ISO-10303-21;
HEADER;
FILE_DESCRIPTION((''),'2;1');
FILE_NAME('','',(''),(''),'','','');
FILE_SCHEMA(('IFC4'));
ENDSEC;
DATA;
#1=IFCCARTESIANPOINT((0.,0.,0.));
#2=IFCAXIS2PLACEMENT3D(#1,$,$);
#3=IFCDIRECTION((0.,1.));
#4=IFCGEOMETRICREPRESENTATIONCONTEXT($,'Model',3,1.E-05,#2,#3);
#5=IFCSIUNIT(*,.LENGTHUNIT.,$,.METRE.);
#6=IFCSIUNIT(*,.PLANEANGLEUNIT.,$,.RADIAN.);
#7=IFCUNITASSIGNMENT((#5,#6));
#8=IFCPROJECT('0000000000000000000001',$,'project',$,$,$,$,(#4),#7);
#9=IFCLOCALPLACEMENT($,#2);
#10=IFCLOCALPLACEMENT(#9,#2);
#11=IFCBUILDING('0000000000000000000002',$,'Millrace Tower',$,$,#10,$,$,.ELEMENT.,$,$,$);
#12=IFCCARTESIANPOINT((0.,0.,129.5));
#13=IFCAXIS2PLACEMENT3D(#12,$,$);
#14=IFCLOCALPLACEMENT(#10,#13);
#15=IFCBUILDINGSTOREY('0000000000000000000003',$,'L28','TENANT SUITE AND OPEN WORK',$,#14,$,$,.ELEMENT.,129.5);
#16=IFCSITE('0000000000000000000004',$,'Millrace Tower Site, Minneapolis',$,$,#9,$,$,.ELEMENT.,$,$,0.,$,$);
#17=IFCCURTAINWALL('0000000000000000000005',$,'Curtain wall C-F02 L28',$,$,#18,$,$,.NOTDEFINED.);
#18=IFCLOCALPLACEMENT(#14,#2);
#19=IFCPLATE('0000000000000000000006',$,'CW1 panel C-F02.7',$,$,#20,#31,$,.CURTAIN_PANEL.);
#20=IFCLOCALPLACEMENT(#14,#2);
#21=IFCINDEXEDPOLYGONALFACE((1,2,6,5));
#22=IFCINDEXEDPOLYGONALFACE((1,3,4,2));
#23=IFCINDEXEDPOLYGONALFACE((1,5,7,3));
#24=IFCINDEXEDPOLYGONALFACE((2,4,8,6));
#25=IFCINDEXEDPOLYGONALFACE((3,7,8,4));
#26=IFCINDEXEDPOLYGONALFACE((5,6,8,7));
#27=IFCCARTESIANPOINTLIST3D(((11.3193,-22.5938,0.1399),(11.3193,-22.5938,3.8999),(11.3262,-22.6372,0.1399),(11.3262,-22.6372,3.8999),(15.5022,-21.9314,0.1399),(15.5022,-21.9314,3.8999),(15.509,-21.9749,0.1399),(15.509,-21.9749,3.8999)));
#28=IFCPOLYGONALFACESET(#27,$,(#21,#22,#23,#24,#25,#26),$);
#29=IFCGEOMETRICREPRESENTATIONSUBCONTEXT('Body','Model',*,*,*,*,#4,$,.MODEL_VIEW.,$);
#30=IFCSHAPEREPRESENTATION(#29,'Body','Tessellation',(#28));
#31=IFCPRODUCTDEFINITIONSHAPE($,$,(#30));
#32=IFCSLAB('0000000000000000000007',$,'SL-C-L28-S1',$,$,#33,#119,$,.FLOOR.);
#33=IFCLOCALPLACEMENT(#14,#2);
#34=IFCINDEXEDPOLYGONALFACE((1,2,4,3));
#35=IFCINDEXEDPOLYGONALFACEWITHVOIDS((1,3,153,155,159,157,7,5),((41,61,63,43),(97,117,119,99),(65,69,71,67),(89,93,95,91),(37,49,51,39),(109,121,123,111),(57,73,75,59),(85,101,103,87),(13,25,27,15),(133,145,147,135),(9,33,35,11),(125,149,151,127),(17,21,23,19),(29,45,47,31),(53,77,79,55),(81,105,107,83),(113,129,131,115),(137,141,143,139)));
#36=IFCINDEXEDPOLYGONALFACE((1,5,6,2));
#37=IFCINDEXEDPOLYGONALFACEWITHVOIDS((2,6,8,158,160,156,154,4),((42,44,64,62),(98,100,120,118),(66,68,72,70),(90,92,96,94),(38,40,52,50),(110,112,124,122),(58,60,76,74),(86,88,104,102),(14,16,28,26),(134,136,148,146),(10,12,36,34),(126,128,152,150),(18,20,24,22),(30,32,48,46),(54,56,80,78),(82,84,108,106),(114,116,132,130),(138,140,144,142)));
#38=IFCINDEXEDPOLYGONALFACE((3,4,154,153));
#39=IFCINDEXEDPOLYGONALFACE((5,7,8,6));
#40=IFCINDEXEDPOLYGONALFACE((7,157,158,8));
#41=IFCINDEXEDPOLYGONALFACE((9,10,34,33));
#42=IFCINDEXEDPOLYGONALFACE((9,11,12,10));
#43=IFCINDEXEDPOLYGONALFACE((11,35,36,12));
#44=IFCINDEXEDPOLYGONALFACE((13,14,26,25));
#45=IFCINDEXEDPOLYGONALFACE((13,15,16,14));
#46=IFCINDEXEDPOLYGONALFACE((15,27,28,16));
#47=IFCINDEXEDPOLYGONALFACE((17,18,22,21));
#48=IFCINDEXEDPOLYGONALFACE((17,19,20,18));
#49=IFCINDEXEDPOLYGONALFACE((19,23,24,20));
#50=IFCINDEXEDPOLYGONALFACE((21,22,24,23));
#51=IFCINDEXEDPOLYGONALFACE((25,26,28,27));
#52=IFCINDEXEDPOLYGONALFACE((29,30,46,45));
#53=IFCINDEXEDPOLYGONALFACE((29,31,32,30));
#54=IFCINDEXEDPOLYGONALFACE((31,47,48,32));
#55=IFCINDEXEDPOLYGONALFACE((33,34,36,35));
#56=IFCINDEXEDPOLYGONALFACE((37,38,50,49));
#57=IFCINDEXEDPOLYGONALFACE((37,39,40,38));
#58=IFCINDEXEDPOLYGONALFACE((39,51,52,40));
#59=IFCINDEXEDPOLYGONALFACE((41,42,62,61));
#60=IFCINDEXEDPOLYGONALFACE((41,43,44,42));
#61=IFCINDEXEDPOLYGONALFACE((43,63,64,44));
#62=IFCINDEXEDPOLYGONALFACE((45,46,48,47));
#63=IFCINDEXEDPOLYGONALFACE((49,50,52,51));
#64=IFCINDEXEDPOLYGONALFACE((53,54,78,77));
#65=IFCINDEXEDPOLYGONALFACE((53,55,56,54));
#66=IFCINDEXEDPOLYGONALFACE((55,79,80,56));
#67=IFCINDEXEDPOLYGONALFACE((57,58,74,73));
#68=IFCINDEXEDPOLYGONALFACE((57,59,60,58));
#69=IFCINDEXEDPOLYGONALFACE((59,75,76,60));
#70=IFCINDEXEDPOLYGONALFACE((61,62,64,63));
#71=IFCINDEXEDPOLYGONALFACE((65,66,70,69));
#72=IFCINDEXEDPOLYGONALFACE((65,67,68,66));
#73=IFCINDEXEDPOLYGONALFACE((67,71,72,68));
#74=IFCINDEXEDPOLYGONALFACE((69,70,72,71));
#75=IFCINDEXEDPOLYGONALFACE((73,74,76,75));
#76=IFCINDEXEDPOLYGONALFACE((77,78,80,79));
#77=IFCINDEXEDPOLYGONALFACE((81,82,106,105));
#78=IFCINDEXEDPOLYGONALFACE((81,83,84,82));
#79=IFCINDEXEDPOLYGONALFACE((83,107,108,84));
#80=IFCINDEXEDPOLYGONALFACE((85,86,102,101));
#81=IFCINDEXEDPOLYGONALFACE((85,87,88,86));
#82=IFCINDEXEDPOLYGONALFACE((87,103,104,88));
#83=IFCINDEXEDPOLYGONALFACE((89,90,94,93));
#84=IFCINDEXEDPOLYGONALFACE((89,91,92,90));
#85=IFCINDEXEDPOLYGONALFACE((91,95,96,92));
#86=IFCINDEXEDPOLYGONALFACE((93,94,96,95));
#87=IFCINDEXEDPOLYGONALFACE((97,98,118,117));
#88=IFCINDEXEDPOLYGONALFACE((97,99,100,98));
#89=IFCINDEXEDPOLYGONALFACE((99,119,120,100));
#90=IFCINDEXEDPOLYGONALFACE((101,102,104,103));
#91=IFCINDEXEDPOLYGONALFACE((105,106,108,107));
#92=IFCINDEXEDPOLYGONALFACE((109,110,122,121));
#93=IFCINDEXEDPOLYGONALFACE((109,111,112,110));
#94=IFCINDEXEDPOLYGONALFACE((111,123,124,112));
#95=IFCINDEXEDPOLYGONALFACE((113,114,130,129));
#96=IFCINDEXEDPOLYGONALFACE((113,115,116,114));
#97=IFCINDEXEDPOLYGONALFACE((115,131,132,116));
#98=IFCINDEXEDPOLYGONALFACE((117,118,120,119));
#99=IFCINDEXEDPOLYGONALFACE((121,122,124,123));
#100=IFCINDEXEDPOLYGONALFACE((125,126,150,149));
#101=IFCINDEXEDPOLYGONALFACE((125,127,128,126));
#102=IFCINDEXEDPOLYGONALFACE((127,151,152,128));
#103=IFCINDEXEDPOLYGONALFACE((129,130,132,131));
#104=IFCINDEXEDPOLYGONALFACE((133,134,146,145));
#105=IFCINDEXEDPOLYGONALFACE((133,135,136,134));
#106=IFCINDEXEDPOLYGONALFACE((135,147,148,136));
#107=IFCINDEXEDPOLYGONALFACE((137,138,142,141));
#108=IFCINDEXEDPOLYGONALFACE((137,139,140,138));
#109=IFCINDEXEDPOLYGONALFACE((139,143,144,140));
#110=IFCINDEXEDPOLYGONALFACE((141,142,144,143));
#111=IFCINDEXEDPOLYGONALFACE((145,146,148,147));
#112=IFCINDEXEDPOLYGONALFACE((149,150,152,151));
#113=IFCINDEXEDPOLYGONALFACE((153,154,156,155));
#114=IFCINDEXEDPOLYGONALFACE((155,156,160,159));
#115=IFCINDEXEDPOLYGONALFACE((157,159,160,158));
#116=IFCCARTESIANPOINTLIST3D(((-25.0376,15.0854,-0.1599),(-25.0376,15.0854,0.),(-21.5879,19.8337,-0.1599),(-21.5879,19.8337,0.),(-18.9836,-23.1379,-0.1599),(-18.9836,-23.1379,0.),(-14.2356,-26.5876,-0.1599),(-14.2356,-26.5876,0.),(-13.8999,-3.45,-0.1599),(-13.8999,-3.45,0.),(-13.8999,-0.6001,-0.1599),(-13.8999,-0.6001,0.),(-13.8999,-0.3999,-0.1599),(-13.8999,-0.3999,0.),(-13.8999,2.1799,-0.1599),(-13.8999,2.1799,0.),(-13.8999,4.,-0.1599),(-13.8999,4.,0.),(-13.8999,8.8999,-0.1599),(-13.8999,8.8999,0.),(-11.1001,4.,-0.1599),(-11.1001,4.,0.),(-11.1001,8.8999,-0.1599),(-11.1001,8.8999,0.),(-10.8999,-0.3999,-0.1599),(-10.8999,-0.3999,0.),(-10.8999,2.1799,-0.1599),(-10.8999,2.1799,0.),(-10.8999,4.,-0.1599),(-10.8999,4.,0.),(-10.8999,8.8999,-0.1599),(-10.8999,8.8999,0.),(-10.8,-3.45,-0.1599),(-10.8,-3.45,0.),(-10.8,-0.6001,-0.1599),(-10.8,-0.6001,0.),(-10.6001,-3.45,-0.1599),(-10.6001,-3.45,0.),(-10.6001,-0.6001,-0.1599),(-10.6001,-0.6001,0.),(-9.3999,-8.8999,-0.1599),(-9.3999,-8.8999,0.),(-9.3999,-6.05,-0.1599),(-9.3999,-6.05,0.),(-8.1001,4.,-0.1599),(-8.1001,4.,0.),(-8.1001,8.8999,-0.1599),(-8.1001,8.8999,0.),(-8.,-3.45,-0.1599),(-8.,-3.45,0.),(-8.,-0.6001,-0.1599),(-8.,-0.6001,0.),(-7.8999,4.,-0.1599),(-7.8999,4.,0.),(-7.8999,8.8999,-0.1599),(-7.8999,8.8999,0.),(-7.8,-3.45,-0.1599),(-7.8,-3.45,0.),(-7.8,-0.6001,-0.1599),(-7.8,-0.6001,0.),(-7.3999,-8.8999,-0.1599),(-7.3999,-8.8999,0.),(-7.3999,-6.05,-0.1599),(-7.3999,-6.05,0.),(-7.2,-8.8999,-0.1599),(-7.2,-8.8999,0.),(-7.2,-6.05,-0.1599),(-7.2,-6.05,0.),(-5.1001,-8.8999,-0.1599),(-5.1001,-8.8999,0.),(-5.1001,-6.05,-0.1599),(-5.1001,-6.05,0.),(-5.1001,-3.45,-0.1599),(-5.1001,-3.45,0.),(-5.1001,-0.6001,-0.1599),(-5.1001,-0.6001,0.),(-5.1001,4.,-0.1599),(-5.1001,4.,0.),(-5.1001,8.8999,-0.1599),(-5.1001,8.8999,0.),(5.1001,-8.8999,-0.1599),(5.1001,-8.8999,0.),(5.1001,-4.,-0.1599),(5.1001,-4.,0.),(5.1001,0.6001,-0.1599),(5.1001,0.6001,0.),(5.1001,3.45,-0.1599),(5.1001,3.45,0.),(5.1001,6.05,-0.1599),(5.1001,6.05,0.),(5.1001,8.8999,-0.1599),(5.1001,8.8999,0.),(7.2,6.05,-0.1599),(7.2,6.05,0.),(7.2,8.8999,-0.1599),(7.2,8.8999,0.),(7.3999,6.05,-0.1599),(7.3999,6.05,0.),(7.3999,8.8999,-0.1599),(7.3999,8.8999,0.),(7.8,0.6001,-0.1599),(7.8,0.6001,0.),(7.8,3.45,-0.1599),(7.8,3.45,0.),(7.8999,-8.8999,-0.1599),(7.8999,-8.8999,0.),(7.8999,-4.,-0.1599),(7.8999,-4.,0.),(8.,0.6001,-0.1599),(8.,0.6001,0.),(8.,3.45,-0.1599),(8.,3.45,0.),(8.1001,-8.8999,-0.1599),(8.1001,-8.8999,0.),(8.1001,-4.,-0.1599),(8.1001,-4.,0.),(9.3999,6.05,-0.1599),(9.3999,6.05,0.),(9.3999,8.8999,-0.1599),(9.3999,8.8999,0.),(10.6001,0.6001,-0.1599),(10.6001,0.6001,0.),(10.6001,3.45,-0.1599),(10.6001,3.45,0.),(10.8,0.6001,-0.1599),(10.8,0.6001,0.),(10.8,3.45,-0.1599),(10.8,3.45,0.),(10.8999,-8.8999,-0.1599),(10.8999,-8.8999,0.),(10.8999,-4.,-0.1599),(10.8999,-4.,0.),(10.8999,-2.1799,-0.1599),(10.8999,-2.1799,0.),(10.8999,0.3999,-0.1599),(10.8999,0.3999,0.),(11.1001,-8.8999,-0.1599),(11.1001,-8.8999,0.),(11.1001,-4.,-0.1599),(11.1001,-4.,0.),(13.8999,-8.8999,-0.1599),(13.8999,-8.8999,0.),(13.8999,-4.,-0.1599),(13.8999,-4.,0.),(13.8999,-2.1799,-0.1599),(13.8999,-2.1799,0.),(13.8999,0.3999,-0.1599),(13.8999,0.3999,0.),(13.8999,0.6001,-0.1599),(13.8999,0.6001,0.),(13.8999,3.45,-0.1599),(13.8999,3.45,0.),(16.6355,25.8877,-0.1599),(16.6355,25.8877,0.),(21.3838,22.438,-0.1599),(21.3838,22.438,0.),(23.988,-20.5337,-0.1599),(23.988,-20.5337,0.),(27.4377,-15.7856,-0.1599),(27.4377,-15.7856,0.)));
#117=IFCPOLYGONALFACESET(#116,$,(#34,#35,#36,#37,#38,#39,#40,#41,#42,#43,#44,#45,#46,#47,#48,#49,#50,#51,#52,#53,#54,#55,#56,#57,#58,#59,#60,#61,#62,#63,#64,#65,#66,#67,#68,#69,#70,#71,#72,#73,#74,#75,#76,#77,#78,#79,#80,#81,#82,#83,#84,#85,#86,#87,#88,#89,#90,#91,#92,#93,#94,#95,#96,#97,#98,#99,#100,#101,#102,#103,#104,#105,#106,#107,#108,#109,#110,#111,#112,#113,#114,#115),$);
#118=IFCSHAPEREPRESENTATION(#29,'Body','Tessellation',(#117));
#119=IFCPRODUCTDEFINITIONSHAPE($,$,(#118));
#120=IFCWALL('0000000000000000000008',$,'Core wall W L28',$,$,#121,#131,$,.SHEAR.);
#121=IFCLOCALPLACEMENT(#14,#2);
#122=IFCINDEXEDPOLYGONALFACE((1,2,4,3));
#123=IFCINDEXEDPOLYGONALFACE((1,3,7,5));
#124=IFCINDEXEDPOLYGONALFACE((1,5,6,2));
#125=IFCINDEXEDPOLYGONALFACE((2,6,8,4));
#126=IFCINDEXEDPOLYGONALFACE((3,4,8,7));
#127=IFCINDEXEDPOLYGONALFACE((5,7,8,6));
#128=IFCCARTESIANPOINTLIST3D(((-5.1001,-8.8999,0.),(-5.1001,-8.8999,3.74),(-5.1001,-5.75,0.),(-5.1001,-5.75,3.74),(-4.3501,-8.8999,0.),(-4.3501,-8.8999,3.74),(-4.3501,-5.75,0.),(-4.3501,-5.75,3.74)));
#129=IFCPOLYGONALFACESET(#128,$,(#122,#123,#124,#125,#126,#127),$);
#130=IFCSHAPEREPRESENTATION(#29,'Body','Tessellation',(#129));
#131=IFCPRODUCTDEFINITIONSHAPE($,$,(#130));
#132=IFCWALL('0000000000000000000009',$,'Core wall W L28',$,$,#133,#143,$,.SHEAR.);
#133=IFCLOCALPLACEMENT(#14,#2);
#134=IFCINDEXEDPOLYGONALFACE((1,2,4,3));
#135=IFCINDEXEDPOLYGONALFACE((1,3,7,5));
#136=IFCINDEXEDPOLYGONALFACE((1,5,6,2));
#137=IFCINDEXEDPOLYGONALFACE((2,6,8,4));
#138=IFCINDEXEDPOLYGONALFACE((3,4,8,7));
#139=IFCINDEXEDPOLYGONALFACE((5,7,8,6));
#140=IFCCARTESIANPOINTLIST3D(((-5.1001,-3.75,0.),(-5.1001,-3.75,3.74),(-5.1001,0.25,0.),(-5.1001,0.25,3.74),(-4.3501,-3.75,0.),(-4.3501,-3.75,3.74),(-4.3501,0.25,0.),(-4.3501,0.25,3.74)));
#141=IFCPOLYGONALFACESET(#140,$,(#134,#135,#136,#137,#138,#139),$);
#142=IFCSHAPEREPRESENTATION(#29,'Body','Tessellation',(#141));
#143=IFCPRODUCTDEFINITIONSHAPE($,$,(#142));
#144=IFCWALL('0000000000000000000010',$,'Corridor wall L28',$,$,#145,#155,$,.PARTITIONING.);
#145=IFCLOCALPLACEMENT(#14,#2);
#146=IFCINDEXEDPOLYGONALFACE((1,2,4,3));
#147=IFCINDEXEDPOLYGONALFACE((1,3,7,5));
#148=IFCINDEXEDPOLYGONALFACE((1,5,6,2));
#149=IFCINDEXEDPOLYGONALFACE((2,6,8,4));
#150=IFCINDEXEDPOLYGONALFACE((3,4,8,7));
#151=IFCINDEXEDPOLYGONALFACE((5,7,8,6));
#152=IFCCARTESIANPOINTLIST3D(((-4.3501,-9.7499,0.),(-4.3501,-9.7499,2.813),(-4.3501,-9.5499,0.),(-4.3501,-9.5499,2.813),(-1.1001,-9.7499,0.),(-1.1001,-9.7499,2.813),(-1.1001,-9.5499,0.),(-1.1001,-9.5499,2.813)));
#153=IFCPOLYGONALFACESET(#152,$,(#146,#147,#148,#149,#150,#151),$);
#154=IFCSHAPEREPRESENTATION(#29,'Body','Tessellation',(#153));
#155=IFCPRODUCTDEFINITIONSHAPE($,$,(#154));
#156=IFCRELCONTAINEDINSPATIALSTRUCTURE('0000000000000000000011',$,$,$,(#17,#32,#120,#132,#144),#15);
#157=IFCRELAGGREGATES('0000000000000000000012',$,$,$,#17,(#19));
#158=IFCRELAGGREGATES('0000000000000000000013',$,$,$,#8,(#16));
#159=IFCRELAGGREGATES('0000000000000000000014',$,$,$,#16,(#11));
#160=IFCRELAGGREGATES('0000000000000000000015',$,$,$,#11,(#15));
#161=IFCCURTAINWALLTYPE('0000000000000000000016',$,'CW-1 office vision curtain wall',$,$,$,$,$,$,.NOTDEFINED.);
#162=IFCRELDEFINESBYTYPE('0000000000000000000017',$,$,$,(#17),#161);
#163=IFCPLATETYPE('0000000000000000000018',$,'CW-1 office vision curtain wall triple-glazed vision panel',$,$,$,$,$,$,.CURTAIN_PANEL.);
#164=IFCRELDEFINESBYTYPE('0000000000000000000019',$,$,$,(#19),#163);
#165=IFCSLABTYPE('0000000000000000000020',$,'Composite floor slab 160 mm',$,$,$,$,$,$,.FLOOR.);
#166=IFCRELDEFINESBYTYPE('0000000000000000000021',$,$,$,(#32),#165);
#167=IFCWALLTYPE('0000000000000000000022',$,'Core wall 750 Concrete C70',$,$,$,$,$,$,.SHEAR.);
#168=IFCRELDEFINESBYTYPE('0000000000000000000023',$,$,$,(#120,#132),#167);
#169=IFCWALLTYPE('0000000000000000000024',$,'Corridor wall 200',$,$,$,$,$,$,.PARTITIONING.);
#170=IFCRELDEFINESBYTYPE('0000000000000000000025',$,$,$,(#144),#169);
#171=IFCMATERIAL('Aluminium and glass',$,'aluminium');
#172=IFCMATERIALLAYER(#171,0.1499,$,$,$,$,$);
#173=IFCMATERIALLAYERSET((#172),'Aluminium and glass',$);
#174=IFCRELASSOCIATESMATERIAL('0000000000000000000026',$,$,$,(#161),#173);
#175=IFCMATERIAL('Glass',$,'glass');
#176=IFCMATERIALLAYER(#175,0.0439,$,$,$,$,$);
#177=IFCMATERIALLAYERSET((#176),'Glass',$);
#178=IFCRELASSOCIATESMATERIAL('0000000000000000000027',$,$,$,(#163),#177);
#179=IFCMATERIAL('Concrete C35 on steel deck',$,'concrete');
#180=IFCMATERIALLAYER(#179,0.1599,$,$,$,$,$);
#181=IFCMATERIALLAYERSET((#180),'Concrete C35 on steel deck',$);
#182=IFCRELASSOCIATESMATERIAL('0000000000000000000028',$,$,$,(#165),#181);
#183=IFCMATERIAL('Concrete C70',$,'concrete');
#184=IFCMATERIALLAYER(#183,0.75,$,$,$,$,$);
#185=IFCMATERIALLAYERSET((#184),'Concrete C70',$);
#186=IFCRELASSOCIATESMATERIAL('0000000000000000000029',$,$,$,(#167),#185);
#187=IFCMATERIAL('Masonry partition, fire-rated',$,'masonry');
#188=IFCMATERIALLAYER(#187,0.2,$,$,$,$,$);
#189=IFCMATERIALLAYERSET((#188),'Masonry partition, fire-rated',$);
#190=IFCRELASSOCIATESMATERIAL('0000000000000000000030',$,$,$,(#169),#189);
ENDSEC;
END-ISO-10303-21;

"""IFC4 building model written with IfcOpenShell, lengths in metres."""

from ifc_helpers import new_model, si_unit, direction, frame, frame_2d, origin, place, context, subcontext, project, spatial, polyline, rectangle, outline, extrude, material, layer, layer_set, type_object, element, aggregate, save


model = new_model("IFC4")

# Units and contexts
model_context = context("Model", 3, precision=1e-05, world=origin(), true_north=direction((0.0, 1.0)))
body_context = subcontext(model_context, "Body", "Model", "MODEL_VIEW")
ifc_project = project(units=[si_unit("LENGTHUNIT", "METRE"), si_unit("PLANEANGLEUNIT", "RADIAN")], contexts=[model_context])

# Site, building, storey
site_placement = place(None, origin())
site = spatial("IfcSite", under=ifc_project, at=site_placement, Name="Millrace Tower Site, Minneapolis", CompositionType="ELEMENT", RefElevation=0.0)
building_placement = place(site_placement, origin())
building = spatial("IfcBuilding", under=site, at=building_placement, Name="Millrace Tower", CompositionType="ELEMENT")
storey_placement = place(building_placement, frame((0.0, 0.0, 129.5)))
storey = spatial("IfcBuildingStorey", under=building, at=storey_placement, Name="L28", Description="TENANT SUITE AND OPEN WORK", CompositionType="ELEMENT", Elevation=129.5)

# Shared definitions
ifc_material_1 = material(Name="Aluminium and glass", Category="aluminium")
ifc_layer_1 = layer(ifc_material_1, 0.1499)
ifc_layer_set_1 = layer_set([ifc_layer_1], Name="Aluminium and glass")
curtain_wall_type = type_object("IfcCurtainWallType", Name="CW-1 office vision curtain wall", PredefinedType="NOTDEFINED", material=ifc_layer_set_1)
placement_1 = place(storey_placement, origin())
ifc_material_2 = material(Name="Glass", Category="glass")
ifc_layer_2 = layer(ifc_material_2, 0.0439)
ifc_layer_set_2 = layer_set([ifc_layer_2], Name="Glass")
plate_type = type_object("IfcPlateType", Name="CW-1 office vision curtain wall triple-glazed vision panel", PredefinedType="CURTAIN_PANEL", material=ifc_layer_set_2)
placement_2 = place(storey_placement, frame((0.0, 0.0, 0.1399)))

# Curtain wall, plate
curtain_wall_1 = element("IfcCurtainWall", 1, at=placement_1, inside=storey, type_object=curtain_wall_type, Name="Curtain wall C-F02 L28", PredefinedType="NOTDEFINED")
plate_1 = element("IfcPlate", 2, at=placement_2, type_object=plate_type, Name="CW1 panel C-F02.7", PredefinedType="CURTAIN_PANEL", context=body_context, shape_type="SweptSolid", body=[
    extrude(outline(polyline([(11.3262, -22.6372), (15.509, -21.9749), (15.5022, -21.9314), (11.3193, -22.5938), (11.3262, -22.6372)])), origin(), (0.0, 0.0, 1.0), 3.76),
])
aggregate(curtain_wall_1, [plate_1])

# Slab
ifc_material_3 = material(Name="Concrete C35 on steel deck", Category="concrete")
ifc_layer_3 = layer(ifc_material_3, 0.1599)
ifc_layer_set_3 = layer_set([ifc_layer_3], Name="Concrete C35 on steel deck")
slab_type = type_object("IfcSlabType", Name="Composite floor slab 160 mm", PredefinedType="FLOOR", material=ifc_layer_set_3)
slab_placement = place(storey_placement, frame((0.0, 0.0, -0.1599)))
element("IfcSlab", 3, at=slab_placement, inside=storey, type_object=slab_type, Name="SL-C-L28-S1", PredefinedType="FLOOR", context=body_context, shape_type="SweptSolid", body=[
    extrude(outline(polyline([(-18.9836, -23.1379), (-14.2356, -26.5876), (23.988, -20.5337), (27.4377, -15.7856), (21.3838, 22.438), (16.6355, 25.8877), (-21.5879, 19.8337), (-25.0376, 15.0854), (-18.9836, -23.1379)]), holes=[polyline([(-9.3999, -8.8999), (-7.3999, -8.8999), (-7.3999, -6.05), (-9.3999, -6.05), (-9.3999, -8.8999)]), polyline([(-7.2, -8.8999), (-5.1001, -8.8999), (-5.1001, -6.05), (-7.2, -6.05), (-7.2, -8.8999)]), polyline([(-13.8999, -3.45), (-10.8, -3.45), (-10.8, -0.6001), (-13.8999, -0.6001), (-13.8999, -3.45)]), polyline([(-10.6001, -3.45), (-8.0, -3.45), (-8.0, -0.6001), (-10.6001, -0.6001), (-10.6001, -3.45)]), polyline([(-7.8, -3.45), (-5.1001, -3.45), (-5.1001, -0.6001), (-7.8, -0.6001), (-7.8, -3.45)]), polyline([(-13.8999, -0.3999), (-10.8999, -0.3999), (-10.8999, 2.1799), (-13.8999, 2.1799), (-13.8999, -0.3999)]), polyline([(-13.8999, 4.0), (-11.1001, 4.0), (-11.1001, 8.8999), (-13.8999, 8.8999), (-13.8999, 4.0)]), polyline([(-10.8999, 4.0), (-8.1001, 4.0), (-8.1001, 8.8999), (-10.8999, 8.8999), (-10.8999, 4.0)]), polyline([(-7.8999, 4.0), (-5.1001, 4.0), (-5.1001, 8.8999), (-7.8999, 8.8999), (-7.8999, 4.0)]), polyline([(7.3999, 6.05), (9.3999, 6.05), (9.3999, 8.8999), (7.3999, 8.8999), (7.3999, 6.05)]), polyline([(5.1001, 6.05), (7.2, 6.05), (7.2, 8.8999), (5.1001, 8.8999), (5.1001, 6.05)]), polyline([(10.8, 0.6001), (13.8999, 0.6001), (13.8999, 3.45), (10.8, 3.45), (10.8, 0.6001)]), polyline([(8.0, 0.6001), (10.6001, 0.6001), (10.6001, 3.45), (8.0, 3.45), (8.0, 0.6001)]), polyline([(5.1001, 0.6001), (7.8, 0.6001), (7.8, 3.45), (5.1001, 3.45), (5.1001, 0.6001)]), polyline([(10.8999, -2.1799), (13.8999, -2.1799), (13.8999, 0.3999), (10.8999, 0.3999), (10.8999, -2.1799)]), polyline([(11.1001, -8.8999), (13.8999, -8.8999), (13.8999, -4.0), (11.1001, -4.0), (11.1001, -8.8999)]), polyline([(8.1001, -8.8999), (10.8999, -8.8999), (10.8999, -4.0), (8.1001, -4.0), (8.1001, -8.8999)]), polyline([(5.1001, -8.8999), (7.8999, -8.8999), (7.8999, -4.0), (5.1001, -4.0), (5.1001, -8.8999)])]), origin(), (0.0, 0.0, 1.0), 0.1599),
])

# Walls
ifc_material_4 = material(Name="Concrete C70", Category="concrete")
ifc_layer_4 = layer(ifc_material_4, 0.75)
ifc_layer_set_4 = layer_set([ifc_layer_4], Name="Concrete C70")
wall_type_1 = type_object("IfcWallType", Name="Core wall 750 Concrete C70", PredefinedType="SHEAR", material=ifc_layer_set_4)
wall_1_placement = place(storey_placement, frame((-4.7251, -8.8999, 0.0), z_axis=(0.0, 0.0, 1.0), x_axis=(0.0, 1.0, 0.0)))
element("IfcWall", 4, at=wall_1_placement, inside=storey, type_object=wall_type_1, Name="Core wall W L28", PredefinedType="SHEAR", context=body_context, shape_type="SweptSolid", body=[
    extrude(rectangle(XDim=3.1499, YDim=0.75, at=frame_2d((1.575, 0.0))), origin(), (0.0, 0.0, 1.0), 3.74),
])
wall_2_placement = place(storey_placement, frame((-4.7251, -3.75, 0.0), z_axis=(0.0, 0.0, 1.0), x_axis=(0.0, 1.0, 0.0)))
element("IfcWall", 5, at=wall_2_placement, inside=storey, type_object=wall_type_1, Name="Core wall W L28", PredefinedType="SHEAR", context=body_context, shape_type="SweptSolid", body=[
    extrude(rectangle(XDim=4.0, YDim=0.75, at=frame_2d((2.0, 0.0))), origin(), (0.0, 0.0, 1.0), 3.74),
])
ifc_material_5 = material(Name="Masonry partition, fire-rated", Category="masonry")
ifc_layer_5 = layer(ifc_material_5, 0.2)
ifc_layer_set_5 = layer_set([ifc_layer_5], Name="Masonry partition, fire-rated")
wall_type_2 = type_object("IfcWallType", Name="Corridor wall 200", PredefinedType="PARTITIONING", material=ifc_layer_set_5)
wall_3_placement = place(storey_placement, frame((-4.3501, -9.6499, 0.0), z_axis=(0.0, 0.0, 1.0), x_axis=(1.0, 0.0, 0.0)))
element("IfcWall", 6, at=wall_3_placement, inside=storey, type_object=wall_type_2, Name="Corridor wall L28", PredefinedType="PARTITIONING", context=body_context, shape_type="SweptSolid", body=[
    extrude(rectangle(XDim=3.25, YDim=0.2, at=frame_2d((1.625, 0.0))), origin(), (0.0, 0.0, 1.0), 2.813),
])

save(model, "model.ifc")
